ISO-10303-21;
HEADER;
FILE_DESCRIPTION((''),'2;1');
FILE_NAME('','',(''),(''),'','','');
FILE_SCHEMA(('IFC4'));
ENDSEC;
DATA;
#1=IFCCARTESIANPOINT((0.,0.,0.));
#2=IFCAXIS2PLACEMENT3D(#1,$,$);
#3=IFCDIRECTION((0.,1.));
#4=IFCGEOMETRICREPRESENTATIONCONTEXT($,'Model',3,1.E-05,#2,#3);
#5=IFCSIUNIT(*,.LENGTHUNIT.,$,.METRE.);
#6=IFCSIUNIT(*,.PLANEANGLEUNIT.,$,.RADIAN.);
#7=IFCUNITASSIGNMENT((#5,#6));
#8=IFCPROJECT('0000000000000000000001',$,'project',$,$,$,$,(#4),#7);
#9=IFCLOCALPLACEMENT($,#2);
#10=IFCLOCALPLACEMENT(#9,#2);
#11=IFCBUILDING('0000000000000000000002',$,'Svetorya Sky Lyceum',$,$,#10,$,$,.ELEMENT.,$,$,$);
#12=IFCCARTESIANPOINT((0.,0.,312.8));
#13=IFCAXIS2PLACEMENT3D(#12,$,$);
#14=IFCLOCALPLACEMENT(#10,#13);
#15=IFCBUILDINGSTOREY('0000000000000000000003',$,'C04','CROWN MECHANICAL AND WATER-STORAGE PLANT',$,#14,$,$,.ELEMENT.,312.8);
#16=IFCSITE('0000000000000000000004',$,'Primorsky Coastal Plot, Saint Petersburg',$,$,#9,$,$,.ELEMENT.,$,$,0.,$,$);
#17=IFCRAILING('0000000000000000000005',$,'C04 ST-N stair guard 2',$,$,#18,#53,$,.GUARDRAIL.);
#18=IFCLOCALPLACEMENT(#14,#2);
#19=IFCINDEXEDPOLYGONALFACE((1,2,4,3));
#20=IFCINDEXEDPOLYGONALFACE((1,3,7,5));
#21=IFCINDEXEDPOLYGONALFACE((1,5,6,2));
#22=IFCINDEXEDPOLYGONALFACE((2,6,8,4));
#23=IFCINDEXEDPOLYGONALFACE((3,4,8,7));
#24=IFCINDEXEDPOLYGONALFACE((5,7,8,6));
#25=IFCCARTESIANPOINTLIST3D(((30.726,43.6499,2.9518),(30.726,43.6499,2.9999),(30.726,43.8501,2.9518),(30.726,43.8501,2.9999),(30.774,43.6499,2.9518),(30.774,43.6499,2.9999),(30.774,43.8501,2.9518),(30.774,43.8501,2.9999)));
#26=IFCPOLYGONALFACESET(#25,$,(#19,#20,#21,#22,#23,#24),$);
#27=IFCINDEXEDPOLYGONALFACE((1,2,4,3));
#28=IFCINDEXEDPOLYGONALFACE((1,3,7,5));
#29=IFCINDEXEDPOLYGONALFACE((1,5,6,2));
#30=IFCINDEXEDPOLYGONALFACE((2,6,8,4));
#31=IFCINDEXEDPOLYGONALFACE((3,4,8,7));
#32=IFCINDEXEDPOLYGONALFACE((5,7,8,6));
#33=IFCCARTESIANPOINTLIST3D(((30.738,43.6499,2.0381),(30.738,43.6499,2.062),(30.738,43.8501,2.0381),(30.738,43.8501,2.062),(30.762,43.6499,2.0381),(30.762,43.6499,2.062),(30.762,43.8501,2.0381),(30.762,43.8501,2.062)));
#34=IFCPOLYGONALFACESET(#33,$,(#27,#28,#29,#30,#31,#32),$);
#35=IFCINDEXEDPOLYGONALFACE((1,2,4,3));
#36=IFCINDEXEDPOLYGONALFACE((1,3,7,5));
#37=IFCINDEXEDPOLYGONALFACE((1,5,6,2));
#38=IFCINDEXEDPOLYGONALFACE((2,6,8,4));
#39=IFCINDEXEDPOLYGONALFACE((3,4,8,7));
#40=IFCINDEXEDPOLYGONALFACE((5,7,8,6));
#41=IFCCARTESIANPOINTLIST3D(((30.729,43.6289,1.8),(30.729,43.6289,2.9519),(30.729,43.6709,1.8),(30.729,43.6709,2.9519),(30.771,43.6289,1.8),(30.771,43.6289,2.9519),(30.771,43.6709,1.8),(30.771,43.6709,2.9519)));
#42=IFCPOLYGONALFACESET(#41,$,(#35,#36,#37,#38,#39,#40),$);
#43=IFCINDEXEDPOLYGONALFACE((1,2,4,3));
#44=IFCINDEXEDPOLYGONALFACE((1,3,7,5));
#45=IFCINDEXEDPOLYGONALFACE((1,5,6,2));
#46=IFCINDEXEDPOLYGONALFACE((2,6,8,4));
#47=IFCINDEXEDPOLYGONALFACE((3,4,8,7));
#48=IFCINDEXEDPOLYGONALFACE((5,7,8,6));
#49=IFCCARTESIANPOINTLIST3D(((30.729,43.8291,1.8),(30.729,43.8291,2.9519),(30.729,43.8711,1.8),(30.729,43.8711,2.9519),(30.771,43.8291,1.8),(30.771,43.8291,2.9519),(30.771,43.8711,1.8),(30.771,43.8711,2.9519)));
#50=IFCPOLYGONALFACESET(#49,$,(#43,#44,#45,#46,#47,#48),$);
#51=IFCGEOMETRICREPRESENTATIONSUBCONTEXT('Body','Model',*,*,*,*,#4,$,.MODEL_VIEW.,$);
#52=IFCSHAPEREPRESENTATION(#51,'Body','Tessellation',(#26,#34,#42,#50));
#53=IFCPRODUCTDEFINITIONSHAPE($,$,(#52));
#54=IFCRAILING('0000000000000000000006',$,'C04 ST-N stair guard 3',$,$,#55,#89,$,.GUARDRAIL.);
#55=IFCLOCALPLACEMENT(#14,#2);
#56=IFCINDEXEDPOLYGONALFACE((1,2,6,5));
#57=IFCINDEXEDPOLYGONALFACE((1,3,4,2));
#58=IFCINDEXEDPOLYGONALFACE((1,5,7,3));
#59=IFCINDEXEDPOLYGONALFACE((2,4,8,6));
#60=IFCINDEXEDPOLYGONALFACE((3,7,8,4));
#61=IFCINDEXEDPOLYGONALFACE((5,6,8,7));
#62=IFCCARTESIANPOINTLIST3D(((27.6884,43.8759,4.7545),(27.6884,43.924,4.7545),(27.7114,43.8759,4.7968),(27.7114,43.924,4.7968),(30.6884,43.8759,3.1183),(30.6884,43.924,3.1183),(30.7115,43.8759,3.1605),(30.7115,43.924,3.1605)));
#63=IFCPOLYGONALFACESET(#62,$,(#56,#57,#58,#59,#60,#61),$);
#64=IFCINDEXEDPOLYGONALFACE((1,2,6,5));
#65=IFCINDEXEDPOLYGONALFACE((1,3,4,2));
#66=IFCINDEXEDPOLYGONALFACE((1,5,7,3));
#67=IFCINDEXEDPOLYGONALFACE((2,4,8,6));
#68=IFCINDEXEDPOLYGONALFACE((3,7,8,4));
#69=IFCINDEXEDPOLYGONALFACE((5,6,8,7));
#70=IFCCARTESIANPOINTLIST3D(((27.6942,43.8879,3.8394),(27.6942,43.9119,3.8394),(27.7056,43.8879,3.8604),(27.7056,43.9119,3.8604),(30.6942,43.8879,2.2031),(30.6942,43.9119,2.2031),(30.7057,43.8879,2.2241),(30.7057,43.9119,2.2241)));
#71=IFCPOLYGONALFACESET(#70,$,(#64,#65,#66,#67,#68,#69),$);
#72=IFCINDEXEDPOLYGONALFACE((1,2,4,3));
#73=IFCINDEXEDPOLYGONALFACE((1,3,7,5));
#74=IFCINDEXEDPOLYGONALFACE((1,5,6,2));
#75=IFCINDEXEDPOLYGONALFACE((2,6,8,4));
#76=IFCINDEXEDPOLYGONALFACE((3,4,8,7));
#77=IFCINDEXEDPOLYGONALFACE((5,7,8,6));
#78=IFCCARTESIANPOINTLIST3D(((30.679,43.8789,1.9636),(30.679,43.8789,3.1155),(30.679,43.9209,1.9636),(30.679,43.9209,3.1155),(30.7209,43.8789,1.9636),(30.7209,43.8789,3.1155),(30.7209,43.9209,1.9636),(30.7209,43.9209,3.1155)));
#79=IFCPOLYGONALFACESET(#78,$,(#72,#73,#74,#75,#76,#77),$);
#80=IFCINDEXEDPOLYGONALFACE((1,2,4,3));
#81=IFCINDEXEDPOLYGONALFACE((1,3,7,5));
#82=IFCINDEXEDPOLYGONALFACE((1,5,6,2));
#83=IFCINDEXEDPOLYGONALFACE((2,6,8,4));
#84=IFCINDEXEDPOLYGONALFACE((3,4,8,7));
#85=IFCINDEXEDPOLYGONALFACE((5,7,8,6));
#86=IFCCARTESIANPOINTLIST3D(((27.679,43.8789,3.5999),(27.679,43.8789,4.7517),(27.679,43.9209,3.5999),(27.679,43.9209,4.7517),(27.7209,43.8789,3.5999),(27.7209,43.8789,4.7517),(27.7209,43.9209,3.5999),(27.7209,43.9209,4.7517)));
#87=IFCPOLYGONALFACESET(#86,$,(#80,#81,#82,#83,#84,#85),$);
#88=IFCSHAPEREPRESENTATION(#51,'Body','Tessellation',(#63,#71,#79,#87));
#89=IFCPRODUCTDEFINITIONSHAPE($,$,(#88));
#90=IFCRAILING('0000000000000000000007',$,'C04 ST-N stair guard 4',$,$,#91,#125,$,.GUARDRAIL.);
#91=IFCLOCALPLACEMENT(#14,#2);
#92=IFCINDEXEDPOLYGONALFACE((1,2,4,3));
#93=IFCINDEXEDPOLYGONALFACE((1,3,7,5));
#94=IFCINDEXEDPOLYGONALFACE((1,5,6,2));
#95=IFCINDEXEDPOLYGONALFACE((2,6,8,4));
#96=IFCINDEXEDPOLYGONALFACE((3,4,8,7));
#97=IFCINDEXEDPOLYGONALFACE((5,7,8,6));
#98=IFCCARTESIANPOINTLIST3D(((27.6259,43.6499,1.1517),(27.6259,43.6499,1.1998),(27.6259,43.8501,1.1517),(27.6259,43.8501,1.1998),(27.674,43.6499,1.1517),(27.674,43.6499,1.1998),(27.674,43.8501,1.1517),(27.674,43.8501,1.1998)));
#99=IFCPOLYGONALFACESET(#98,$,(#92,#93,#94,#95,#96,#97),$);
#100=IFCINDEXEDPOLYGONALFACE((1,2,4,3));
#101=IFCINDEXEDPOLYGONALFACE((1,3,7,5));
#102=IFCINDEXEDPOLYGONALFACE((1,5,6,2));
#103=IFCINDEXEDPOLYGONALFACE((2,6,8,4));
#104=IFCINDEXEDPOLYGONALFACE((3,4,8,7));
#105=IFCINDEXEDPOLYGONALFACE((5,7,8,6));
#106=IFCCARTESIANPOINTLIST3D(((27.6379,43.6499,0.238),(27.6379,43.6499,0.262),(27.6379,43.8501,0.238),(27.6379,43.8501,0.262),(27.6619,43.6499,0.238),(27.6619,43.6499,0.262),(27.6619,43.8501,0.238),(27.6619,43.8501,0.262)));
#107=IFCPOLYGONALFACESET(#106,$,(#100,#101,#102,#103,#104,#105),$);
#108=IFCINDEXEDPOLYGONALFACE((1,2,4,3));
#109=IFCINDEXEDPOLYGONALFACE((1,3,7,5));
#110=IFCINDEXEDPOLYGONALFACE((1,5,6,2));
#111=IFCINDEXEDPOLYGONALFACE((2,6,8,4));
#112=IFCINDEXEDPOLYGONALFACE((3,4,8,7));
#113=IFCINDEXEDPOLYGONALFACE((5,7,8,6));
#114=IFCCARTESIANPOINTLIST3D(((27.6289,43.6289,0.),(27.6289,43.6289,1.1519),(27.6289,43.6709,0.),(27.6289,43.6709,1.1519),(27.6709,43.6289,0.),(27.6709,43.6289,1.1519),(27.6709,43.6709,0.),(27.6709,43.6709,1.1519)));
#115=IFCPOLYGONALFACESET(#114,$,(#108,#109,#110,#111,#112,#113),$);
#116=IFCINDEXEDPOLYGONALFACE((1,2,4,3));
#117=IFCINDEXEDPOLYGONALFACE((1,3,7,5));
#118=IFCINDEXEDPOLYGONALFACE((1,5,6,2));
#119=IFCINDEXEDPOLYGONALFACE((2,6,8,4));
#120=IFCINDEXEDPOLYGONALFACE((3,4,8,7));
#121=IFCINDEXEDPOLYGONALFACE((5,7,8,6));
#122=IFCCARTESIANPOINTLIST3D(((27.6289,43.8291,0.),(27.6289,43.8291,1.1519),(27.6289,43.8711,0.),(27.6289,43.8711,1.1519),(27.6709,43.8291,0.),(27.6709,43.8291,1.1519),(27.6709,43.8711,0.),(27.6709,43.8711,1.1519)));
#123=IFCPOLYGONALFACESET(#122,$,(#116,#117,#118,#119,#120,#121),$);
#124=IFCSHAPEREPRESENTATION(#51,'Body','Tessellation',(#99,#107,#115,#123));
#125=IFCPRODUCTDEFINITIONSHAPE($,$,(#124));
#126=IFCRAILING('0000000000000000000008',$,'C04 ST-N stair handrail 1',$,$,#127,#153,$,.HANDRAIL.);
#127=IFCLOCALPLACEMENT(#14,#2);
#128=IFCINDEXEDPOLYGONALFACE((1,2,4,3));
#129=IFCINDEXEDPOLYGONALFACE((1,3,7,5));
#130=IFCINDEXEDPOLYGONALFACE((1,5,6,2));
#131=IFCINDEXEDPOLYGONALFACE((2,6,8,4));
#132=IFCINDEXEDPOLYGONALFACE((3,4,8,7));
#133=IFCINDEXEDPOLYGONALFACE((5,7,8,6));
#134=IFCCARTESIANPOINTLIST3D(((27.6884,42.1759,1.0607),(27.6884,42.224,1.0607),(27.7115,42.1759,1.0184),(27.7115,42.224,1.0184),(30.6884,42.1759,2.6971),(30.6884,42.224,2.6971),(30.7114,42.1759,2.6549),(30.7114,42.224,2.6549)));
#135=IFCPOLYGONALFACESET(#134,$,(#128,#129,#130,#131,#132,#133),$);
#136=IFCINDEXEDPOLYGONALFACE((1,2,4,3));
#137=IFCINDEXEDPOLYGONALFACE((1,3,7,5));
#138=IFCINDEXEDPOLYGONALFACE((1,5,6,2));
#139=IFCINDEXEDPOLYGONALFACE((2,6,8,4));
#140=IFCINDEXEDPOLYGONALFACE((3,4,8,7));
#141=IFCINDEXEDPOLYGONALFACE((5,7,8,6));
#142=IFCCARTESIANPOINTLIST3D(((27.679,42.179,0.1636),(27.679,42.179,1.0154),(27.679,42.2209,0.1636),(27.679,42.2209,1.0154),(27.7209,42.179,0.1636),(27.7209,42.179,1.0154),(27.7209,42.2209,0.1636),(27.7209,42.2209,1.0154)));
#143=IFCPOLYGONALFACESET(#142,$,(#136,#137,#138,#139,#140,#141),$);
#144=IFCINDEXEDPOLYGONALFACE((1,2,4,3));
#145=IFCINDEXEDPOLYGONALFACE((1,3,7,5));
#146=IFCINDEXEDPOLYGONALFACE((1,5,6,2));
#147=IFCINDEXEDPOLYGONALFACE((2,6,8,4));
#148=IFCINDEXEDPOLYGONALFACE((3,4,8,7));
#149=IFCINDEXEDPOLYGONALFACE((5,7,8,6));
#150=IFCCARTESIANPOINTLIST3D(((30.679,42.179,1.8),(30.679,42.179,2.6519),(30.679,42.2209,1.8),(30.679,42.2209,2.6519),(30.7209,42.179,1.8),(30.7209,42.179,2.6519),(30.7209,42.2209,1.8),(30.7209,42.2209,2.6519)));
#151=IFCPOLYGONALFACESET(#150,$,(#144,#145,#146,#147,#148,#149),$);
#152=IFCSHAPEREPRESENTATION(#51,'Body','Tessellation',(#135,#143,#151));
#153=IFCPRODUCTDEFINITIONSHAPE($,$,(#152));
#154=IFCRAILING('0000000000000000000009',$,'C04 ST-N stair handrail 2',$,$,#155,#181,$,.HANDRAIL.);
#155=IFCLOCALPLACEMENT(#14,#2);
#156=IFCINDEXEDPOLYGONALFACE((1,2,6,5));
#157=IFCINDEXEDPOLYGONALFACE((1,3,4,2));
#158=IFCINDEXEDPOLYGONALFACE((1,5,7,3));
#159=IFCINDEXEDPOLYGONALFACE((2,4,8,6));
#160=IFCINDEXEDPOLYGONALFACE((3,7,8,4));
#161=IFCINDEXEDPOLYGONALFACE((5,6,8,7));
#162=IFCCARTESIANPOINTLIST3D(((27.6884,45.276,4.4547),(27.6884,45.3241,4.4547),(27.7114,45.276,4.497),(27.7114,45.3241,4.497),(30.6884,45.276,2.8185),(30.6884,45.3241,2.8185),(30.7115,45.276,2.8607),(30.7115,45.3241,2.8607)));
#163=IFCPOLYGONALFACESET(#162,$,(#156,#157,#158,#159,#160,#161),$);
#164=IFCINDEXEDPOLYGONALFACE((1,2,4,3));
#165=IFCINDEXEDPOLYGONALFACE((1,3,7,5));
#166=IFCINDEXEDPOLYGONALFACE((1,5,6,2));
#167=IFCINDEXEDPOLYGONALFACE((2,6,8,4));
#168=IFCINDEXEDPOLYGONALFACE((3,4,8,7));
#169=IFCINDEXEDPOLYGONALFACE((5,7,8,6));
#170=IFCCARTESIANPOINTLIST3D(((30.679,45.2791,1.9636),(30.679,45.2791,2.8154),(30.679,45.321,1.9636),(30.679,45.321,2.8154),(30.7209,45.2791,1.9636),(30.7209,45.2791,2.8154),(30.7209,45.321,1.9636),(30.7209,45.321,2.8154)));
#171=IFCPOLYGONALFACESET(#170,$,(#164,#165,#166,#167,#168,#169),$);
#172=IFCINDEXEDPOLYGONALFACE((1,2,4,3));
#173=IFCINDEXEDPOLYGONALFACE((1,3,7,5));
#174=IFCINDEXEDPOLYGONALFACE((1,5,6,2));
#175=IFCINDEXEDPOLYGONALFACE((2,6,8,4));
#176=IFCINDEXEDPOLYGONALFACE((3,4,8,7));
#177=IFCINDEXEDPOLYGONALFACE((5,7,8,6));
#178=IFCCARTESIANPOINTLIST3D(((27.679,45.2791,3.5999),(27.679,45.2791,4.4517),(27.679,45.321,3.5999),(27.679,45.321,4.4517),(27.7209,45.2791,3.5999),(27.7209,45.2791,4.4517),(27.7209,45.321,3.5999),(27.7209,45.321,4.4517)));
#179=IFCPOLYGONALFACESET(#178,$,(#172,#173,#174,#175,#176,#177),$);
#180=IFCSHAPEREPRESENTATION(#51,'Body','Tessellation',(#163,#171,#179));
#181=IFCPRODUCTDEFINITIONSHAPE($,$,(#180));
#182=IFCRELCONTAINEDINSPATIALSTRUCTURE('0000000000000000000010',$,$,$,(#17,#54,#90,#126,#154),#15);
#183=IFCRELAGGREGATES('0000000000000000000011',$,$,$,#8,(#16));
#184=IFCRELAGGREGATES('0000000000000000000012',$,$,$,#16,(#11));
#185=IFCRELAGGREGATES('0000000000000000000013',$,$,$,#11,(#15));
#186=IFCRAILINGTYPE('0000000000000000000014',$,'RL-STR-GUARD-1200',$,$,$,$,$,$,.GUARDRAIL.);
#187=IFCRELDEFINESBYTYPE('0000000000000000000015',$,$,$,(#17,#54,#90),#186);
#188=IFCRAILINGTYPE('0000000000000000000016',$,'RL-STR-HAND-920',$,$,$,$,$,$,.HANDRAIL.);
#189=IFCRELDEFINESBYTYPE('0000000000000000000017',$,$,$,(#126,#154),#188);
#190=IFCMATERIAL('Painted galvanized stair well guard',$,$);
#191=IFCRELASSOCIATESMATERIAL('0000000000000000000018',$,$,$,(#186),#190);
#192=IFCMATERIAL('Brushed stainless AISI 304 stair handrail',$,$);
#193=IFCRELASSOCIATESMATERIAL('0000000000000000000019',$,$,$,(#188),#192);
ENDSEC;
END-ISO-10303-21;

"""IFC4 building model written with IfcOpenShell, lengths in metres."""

from ifc_helpers import new_model, si_unit, direction, frame, origin, origin_2d, place, context, subcontext, project, spatial, rectangle, extrude, material, type_object, element, save


model = new_model("IFC4")

# Units and contexts
model_context = context("Model", 3, precision=1e-05, world=origin(), true_north=direction((0.0, 1.0)))
body_context = subcontext(model_context, "Body", "Model", "MODEL_VIEW")
ifc_project = project(units=[si_unit("LENGTHUNIT", "METRE"), si_unit("PLANEANGLEUNIT", "RADIAN")], contexts=[model_context])

# Site, building, storey
site_placement = place(None, origin())
site = spatial("IfcSite", under=ifc_project, at=site_placement, Name="Primorsky Coastal Plot, Saint Petersburg", CompositionType="ELEMENT", RefElevation=0.0)
building_placement = place(site_placement, origin())
building = spatial("IfcBuilding", under=site, at=building_placement, Name="Svetorya Sky Lyceum", CompositionType="ELEMENT")
storey_placement = place(building_placement, frame((0.0, 0.0, 312.8)))
storey = spatial("IfcBuildingStorey", under=building, at=storey_placement, Name="C04", Description="CROWN MECHANICAL AND WATER-STORAGE PLANT", CompositionType="ELEMENT", Elevation=312.8)

# Railings
ifc_material_1 = material(Name="Painted galvanized stair well guard")
railing_type_1 = type_object("IfcRailingType", Name="RL-STR-GUARD-1200", PredefinedType="GUARDRAIL", material=ifc_material_1)
railing_1_placement = place(storey_placement, frame((30.75, 43.6499, 1.8)))
element("IfcRailing", 1, at=railing_1_placement, inside=storey, type_object=railing_type_1, Name="C04 ST-N stair guard 2", PredefinedType="GUARDRAIL", context=body_context, shape_type="SweptSolid", body=[
    extrude(rectangle(XDim=0.0481, YDim=0.0481, at=origin_2d()), frame((0.0, 0.0, 1.1758), z_axis=(0.0, 1.0, 0.0), x_axis=(-1.0, 0.0, 0.0)), (0.0, 0.0, 1.0), 0.2002),
    extrude(rectangle(XDim=0.0239, YDim=0.0239, at=origin_2d()), frame((0.0, 0.0, 0.25), z_axis=(0.0, 1.0, 0.0), x_axis=(-1.0, 0.0, 0.0)), (0.0, 0.0, 1.0), 0.2002),
    extrude(rectangle(XDim=0.042, YDim=0.042, at=origin_2d()), origin(), (0.0, 0.0, 1.0), 1.1519),
    extrude(rectangle(XDim=0.042, YDim=0.042, at=origin_2d()), frame((0.0, 0.2002, 0.0)), (0.0, 0.0, 1.0), 1.1519),
])
railing_2_placement = place(storey_placement, frame((30.7, 43.8999, 1.9636)))
element("IfcRailing", 2, at=railing_2_placement, inside=storey, type_object=railing_type_1, Name="C04 ST-N stair guard 3", PredefinedType="GUARDRAIL", context=body_context, shape_type="SweptSolid", body=[
    extrude(rectangle(XDim=0.0481, YDim=0.0481, at=origin_2d()), frame((0.0, 0.0, 1.1758), z_axis=(-0.877912, 0.0, 0.478822), x_axis=(0.0, -1.0, 0.0)), (0.0, 0.0, 1.0), 3.4172),
    extrude(rectangle(XDim=0.0239, YDim=0.0239, at=origin_2d()), frame((0.0, 0.0, 0.25), z_axis=(-0.877912, 0.0, 0.478822), x_axis=(0.0, -1.0, 0.0)), (0.0, 0.0, 1.0), 3.4172),
    extrude(rectangle(XDim=0.042, YDim=0.042, at=origin_2d()), origin(), (0.0, 0.0, 1.0), 1.1519),
    extrude(rectangle(XDim=0.042, YDim=0.042, at=origin_2d()), frame((-3.0, 0.0, 1.6362)), (0.0, 0.0, 1.0), 1.1519),
])
railing_3_placement = place(storey_placement, frame((27.6499, 43.6499, 0.0)))
element("IfcRailing", 3, at=railing_3_placement, inside=storey, type_object=railing_type_1, Name="C04 ST-N stair guard 4", PredefinedType="GUARDRAIL", context=body_context, shape_type="SweptSolid", body=[
    extrude(rectangle(XDim=0.0481, YDim=0.0481, at=origin_2d()), frame((0.0, 0.0, 1.1758), z_axis=(0.0, 1.0, 0.0), x_axis=(-1.0, 0.0, 0.0)), (0.0, 0.0, 1.0), 0.2002),
    extrude(rectangle(XDim=0.0239, YDim=0.0239, at=origin_2d()), frame((0.0, 0.0, 0.25), z_axis=(0.0, 1.0, 0.0), x_axis=(-1.0, 0.0, 0.0)), (0.0, 0.0, 1.0), 0.2002),
    extrude(rectangle(XDim=0.042, YDim=0.042, at=origin_2d()), origin(), (0.0, 0.0, 1.0), 1.1519),
    extrude(rectangle(XDim=0.042, YDim=0.042, at=origin_2d()), frame((0.0, 0.2002, 0.0)), (0.0, 0.0, 1.0), 1.1519),
])
ifc_material_2 = material(Name="Brushed stainless AISI 304 stair handrail")
railing_type_2 = type_object("IfcRailingType", Name="RL-STR-HAND-920", PredefinedType="HANDRAIL", material=ifc_material_2)
railing_4_placement = place(storey_placement, frame((27.7, 42.2, 0.1636)))
element("IfcRailing", 4, at=railing_4_placement, inside=storey, type_object=railing_type_2, Name="C04 ST-N stair handrail 1", PredefinedType="HANDRAIL", context=body_context, shape_type="SweptSolid", body=[
    extrude(rectangle(XDim=0.0481, YDim=0.0481, at=origin_2d()), frame((0.0, 0.0, 0.876), z_axis=(0.877882, 0.0, 0.478877), x_axis=(0.0, 1.0, 0.0)), (0.0, 0.0, 1.0), 3.4172),
    extrude(rectangle(XDim=0.042, YDim=0.042, at=origin_2d()), origin(), (0.0, 0.0, 1.0), 0.8518),
    extrude(rectangle(XDim=0.042, YDim=0.042, at=origin_2d()), frame((3.0, 0.0, 1.6365)), (0.0, 0.0, 1.0), 0.8518),
])
railing_5_placement = place(storey_placement, frame((30.7, 45.3, 1.9636)))
element("IfcRailing", 5, at=railing_5_placement, inside=storey, type_object=railing_type_2, Name="C04 ST-N stair handrail 2", PredefinedType="HANDRAIL", context=body_context, shape_type="SweptSolid", body=[
    extrude(rectangle(XDim=0.0481, YDim=0.0481, at=origin_2d()), frame((0.0, 0.0, 0.876), z_axis=(-0.877912, 0.0, 0.478822), x_axis=(0.0, -1.0, 0.0)), (0.0, 0.0, 1.0), 3.4172),
    extrude(rectangle(XDim=0.042, YDim=0.042, at=origin_2d()), origin(), (0.0, 0.0, 1.0), 0.8518),
    extrude(rectangle(XDim=0.042, YDim=0.042, at=origin_2d()), frame((-3.0, 0.0, 1.6362)), (0.0, 0.0, 1.0), 0.8518),
])

save(model, "model.ifc")
